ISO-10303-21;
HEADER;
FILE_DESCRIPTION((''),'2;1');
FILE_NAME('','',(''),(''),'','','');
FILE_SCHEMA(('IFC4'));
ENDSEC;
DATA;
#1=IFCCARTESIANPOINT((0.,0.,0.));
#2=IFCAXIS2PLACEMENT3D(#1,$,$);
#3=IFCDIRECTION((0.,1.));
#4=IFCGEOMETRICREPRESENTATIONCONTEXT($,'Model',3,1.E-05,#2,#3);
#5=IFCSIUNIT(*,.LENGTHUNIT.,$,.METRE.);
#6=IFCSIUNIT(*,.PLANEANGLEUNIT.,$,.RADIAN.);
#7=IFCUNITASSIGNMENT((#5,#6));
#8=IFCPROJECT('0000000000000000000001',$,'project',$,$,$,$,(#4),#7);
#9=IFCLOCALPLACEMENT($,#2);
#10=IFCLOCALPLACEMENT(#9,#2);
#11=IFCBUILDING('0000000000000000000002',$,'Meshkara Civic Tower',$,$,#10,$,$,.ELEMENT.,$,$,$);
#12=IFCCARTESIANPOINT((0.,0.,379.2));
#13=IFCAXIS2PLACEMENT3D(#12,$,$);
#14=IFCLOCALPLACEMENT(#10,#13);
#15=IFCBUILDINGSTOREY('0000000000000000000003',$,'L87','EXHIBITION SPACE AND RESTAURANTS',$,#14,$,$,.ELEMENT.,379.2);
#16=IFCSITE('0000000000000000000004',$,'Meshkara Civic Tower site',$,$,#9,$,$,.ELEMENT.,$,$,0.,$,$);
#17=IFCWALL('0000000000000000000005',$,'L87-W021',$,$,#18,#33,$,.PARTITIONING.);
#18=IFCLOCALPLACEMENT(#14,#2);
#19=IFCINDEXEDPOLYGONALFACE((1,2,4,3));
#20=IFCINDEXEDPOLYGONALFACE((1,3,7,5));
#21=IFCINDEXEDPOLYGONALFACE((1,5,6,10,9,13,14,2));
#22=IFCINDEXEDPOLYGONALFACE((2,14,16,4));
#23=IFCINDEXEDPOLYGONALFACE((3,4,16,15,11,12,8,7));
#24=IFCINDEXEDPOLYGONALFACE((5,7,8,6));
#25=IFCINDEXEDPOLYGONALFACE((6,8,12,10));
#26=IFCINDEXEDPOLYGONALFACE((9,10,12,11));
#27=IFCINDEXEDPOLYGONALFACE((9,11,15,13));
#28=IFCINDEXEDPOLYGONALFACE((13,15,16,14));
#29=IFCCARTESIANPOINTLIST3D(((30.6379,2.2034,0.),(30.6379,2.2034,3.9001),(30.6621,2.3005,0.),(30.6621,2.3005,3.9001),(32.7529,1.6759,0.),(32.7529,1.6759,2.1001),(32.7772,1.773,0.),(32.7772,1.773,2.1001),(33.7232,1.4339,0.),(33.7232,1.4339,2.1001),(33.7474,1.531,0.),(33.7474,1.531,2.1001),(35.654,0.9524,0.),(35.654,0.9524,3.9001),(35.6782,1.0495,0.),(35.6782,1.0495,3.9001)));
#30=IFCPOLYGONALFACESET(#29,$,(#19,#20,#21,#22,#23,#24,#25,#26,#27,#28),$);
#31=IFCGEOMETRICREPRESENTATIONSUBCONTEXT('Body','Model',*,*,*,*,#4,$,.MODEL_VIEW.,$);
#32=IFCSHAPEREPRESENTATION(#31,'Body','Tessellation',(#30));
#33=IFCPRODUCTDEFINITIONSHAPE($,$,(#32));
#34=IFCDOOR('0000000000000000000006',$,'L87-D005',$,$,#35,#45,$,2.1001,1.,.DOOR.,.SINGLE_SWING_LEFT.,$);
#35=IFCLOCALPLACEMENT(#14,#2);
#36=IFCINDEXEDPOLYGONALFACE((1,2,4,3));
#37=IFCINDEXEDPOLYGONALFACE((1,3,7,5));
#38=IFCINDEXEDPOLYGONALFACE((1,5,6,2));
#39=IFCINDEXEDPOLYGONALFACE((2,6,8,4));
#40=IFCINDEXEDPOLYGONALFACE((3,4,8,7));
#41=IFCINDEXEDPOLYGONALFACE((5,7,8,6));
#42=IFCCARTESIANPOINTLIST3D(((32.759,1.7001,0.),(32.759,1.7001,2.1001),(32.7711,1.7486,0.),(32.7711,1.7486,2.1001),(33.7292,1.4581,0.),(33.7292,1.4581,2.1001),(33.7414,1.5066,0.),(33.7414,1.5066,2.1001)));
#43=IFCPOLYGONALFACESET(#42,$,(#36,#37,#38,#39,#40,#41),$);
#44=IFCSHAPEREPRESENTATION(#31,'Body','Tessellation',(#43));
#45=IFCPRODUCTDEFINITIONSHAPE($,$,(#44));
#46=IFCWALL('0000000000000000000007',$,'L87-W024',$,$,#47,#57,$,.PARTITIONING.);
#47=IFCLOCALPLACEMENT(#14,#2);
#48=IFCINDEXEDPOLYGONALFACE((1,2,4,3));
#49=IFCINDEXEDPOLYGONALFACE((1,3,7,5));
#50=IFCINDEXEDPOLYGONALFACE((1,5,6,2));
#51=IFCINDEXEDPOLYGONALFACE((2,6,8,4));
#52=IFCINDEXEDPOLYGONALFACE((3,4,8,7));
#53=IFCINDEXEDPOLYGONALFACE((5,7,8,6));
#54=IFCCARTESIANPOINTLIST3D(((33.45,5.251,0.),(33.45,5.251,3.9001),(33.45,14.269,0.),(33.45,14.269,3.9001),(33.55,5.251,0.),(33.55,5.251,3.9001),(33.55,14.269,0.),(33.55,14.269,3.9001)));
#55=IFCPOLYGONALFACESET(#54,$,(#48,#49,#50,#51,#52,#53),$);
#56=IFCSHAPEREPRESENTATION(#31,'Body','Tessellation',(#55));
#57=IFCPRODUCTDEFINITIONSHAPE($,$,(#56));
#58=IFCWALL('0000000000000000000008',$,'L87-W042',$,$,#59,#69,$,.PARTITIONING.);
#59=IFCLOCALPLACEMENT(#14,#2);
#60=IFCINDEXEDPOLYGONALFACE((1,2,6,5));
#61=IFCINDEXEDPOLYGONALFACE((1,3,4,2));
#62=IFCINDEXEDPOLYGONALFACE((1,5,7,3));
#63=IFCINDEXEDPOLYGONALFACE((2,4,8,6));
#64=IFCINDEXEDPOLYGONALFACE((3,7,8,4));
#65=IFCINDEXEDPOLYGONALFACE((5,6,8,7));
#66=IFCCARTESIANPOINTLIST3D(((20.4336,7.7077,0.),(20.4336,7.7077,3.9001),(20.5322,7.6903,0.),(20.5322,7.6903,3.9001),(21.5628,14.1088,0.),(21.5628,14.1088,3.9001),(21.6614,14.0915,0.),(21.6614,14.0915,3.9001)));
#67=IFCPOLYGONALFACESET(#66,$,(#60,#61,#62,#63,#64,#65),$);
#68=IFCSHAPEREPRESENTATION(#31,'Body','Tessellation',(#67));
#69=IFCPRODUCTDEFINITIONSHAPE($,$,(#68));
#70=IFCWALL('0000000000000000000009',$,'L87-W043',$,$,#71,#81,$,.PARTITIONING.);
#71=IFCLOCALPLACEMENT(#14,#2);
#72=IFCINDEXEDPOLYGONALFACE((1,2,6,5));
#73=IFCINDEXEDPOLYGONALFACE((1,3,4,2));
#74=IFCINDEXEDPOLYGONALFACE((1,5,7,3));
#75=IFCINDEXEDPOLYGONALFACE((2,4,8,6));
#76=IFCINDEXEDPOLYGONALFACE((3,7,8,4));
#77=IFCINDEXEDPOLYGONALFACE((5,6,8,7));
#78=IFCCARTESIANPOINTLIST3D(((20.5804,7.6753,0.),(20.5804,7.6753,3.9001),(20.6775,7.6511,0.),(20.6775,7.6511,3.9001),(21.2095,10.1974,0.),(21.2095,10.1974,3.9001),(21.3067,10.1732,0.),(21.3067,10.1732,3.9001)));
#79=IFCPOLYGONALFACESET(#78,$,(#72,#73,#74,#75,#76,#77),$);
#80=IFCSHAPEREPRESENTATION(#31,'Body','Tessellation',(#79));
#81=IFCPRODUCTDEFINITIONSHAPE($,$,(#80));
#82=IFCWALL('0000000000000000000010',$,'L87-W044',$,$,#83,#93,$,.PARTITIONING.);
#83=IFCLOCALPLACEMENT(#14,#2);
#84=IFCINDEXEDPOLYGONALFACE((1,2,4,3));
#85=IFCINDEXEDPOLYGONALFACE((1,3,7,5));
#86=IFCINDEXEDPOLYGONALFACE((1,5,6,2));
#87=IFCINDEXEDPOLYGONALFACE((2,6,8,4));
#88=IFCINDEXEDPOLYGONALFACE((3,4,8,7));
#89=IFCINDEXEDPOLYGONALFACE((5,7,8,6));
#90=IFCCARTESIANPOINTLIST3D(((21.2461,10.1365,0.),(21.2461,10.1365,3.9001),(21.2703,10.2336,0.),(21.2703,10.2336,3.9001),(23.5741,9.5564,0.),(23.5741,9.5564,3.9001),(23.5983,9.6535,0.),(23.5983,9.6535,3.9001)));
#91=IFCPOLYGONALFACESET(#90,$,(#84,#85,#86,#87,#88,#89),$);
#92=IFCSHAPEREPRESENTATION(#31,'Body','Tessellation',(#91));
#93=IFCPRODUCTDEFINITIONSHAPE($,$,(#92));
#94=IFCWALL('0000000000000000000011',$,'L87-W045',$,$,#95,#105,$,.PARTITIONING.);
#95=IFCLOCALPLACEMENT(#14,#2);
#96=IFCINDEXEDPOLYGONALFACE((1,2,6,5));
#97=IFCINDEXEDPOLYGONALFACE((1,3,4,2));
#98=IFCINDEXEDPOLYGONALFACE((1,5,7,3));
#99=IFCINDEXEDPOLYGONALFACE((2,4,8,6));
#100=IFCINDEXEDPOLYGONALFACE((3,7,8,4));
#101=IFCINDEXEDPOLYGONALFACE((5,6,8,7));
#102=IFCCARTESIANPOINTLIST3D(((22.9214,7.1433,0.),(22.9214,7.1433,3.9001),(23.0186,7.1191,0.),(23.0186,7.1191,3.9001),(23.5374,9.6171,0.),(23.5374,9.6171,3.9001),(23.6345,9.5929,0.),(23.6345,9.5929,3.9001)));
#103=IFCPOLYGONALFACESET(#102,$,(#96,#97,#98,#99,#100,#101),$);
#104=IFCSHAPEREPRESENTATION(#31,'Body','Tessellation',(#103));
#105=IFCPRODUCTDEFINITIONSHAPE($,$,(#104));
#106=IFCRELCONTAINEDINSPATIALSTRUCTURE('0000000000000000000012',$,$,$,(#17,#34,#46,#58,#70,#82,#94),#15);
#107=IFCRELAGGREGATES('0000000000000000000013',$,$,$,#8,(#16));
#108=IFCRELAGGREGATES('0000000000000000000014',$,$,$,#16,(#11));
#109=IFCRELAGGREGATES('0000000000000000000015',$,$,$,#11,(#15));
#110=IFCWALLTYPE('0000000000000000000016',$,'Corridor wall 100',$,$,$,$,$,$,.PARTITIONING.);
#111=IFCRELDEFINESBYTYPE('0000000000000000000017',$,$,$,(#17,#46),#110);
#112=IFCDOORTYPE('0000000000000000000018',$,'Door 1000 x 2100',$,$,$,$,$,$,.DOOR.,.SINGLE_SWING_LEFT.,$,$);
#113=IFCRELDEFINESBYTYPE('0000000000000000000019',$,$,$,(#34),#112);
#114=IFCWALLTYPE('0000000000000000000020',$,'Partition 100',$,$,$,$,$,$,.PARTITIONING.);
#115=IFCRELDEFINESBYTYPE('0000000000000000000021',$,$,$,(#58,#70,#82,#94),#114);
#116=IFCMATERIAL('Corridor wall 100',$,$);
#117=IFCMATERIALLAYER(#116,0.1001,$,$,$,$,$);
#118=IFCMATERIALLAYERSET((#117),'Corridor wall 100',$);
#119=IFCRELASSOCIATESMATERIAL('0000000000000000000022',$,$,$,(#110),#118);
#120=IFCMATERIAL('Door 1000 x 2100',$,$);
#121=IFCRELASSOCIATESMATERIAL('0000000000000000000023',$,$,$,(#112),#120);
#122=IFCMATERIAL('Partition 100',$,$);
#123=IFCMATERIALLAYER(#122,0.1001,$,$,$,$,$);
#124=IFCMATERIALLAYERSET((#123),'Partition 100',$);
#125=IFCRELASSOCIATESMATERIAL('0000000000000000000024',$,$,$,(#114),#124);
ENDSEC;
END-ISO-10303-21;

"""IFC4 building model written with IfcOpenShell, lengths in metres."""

from ifc_helpers import new_model, si_unit, direction, frame, frame_2d, origin, place, context, subcontext, project, spatial, rectangle, extrude, material, layer, layer_set, type_object, element, fill, save


model = new_model("IFC4")

# Units and contexts
model_context = context("Model", 3, precision=1e-05, world=origin(), true_north=direction((0.0, 1.0)))
body_context = subcontext(model_context, "Body", "Model", "MODEL_VIEW")
ifc_project = project(units=[si_unit("LENGTHUNIT", "METRE"), si_unit("PLANEANGLEUNIT", "RADIAN")], contexts=[model_context])

# Site, building, storey
site_placement = place(None, origin())
site = spatial("IfcSite", under=ifc_project, at=site_placement, Name="Meshkara Civic Tower site", CompositionType="ELEMENT", RefElevation=0.0)
building_placement = place(site_placement, origin())
building = spatial("IfcBuilding", under=site, at=building_placement, Name="Meshkara Civic Tower", CompositionType="ELEMENT")
storey_placement = place(building_placement, frame((0.0, 0.0, 379.2)))
storey = spatial("IfcBuildingStorey", under=building, at=storey_placement, Name="L87", Description="EXHIBITION SPACE AND RESTAURANTS", CompositionType="ELEMENT", Elevation=379.2)

# Shared definitions
ifc_material_1 = material(Name="Corridor wall 100")
ifc_layer_1 = layer(ifc_material_1, 0.1001)
ifc_layer_set_1 = layer_set([ifc_layer_1], Name="Corridor wall 100")
wall_type_1 = type_object("IfcWallType", Name="Corridor wall 100", PredefinedType="PARTITIONING", material=ifc_layer_set_1)
ifc_material_2 = material(Name="Door 1000 x 2100")
door_type_1 = type_object("IfcDoorType", Name="Door 1000 x 2100", OperationType="SINGLE_SWING_LEFT", PredefinedType="DOOR", material=ifc_material_2)

# Wall, opening, door
wall_1_placement = place(storey_placement, frame((30.6499, 2.252, 0.0), z_axis=(0.0, 0.0, 1.0), x_axis=(0.970281, -0.24198, 0.0)))
wall_1 = element("IfcWall", 1, at=wall_1_placement, inside=storey, type_object=wall_type_1, Name="L87-W021", PredefinedType="PARTITIONING", context=body_context, shape_type="SweptSolid", body=[
    extrude(rectangle(XDim=5.1697, YDim=0.1001, at=frame_2d((2.585, 0.0))), origin(), (0.0, 0.0, 1.0), 3.9001),
])
opening_1_placement = place(wall_1_placement, frame((2.1799, 0.0, 0.0)))
opening_1 = element("IfcOpeningElement", 2, at=opening_1_placement, cuts=wall_1, PredefinedType="OPENING", context=body_context, shape_type="SweptSolid", body=[
    extrude(rectangle(XDim=1.0, YDim=2.1001, at=frame_2d((0.5, 1.05))), frame((0.0, 0.0601, 0.0), z_axis=(0.0, -1.0, 0.0), x_axis=(1.0, 0.0, 0.0)), (0.0, 0.0, 1.0), 0.1201),
])
door_1_placement = place(opening_1_placement, origin())
door_1 = element("IfcDoor", 3, at=door_1_placement, inside=storey, type_object=door_type_1, Name="L87-D005", OperationType="SINGLE_SWING_LEFT", OverallHeight=2.1001, OverallWidth=1.0, PredefinedType="DOOR", context=body_context, shape_type="SweptSolid", body=[
    extrude(rectangle(XDim=1.0, YDim=2.1001, at=frame_2d((0.5, 1.05))), frame((0.0, 0.0249, 0.0), z_axis=(0.0, -1.0, 0.0), x_axis=(1.0, 0.0, 0.0)), (0.0, 0.0, 1.0), 0.05),
])
fill(opening_1, door_1)

# Walls
wall_2_placement = place(storey_placement, frame((33.5, 5.251, 0.0), z_axis=(0.0, 0.0, 1.0), x_axis=(0.0, 1.0, 0.0)))
element("IfcWall", 4, at=wall_2_placement, inside=storey, type_object=wall_type_1, Name="L87-W024", PredefinedType="PARTITIONING", context=body_context, shape_type="SweptSolid", body=[
    extrude(rectangle(XDim=9.0181, YDim=0.1001, at=frame_2d((4.509, 0.0))), origin(), (0.0, 0.0, 1.0), 3.9001),
])
ifc_material_3 = material(Name="Partition 100")
ifc_layer_2 = layer(ifc_material_3, 0.1001)
ifc_layer_set_2 = layer_set([ifc_layer_2], Name="Partition 100")
wall_type_2 = type_object("IfcWallType", Name="Partition 100", PredefinedType="PARTITIONING", material=ifc_layer_set_2)
wall_3_placement = place(storey_placement, frame((20.4829, 7.699, 0.0), z_axis=(0.0, 0.0, 1.0), x_axis=(0.173717, 0.984796, 0.0)))
element("IfcWall", 5, at=wall_3_placement, inside=storey, type_object=wall_type_2, Name="L87-W042", PredefinedType="PARTITIONING", context=body_context, shape_type="SweptSolid", body=[
    extrude(rectangle(XDim=6.5, YDim=0.1001, at=frame_2d((3.25, 0.0))), origin(), (0.0, 0.0, 1.0), 3.9001),
])
wall_4_placement = place(storey_placement, frame((20.6289, 7.6631, 0.0), z_axis=(0.0, 0.0, 1.0), x_axis=(0.242049, 0.970264, 0.0)))
element("IfcWall", 6, at=wall_4_placement, inside=storey, type_object=wall_type_2, Name="L87-W043", PredefinedType="PARTITIONING", context=body_context, shape_type="SweptSolid", body=[
    extrude(rectangle(XDim=2.5994, YDim=0.1001, at=frame_2d((1.2998, 0.0))), origin(), (0.0, 0.0, 1.0), 3.9001),
])
wall_5_placement = place(storey_placement, frame((21.2581, 10.1851, 0.0), z_axis=(0.0, 0.0, 1.0), x_axis=(0.970328, -0.241793, 0.0)))
element("IfcWall", 7, at=wall_5_placement, inside=storey, type_object=wall_type_2, Name="L87-W044", PredefinedType="PARTITIONING", context=body_context, shape_type="SweptSolid", body=[
    extrude(rectangle(XDim=2.3992, YDim=0.1001, at=frame_2d((1.1997, 0.0))), origin(), (0.0, 0.0, 1.0), 3.9001),
])
wall_6_placement = place(storey_placement, frame((23.5859, 9.605, 0.0), z_axis=(0.0, 0.0, 1.0), x_axis=(-0.241612, -0.970373, 0.0)))
element("IfcWall", 8, at=wall_6_placement, inside=storey, type_object=wall_type_2, Name="L87-W045", PredefinedType="PARTITIONING", context=body_context, shape_type="SweptSolid", body=[
    extrude(rectangle(XDim=2.5493, YDim=0.1001, at=frame_2d((1.2747, 0.0))), origin(), (0.0, 0.0, 1.0), 3.9001),
])

save(model, "model.ifc")
